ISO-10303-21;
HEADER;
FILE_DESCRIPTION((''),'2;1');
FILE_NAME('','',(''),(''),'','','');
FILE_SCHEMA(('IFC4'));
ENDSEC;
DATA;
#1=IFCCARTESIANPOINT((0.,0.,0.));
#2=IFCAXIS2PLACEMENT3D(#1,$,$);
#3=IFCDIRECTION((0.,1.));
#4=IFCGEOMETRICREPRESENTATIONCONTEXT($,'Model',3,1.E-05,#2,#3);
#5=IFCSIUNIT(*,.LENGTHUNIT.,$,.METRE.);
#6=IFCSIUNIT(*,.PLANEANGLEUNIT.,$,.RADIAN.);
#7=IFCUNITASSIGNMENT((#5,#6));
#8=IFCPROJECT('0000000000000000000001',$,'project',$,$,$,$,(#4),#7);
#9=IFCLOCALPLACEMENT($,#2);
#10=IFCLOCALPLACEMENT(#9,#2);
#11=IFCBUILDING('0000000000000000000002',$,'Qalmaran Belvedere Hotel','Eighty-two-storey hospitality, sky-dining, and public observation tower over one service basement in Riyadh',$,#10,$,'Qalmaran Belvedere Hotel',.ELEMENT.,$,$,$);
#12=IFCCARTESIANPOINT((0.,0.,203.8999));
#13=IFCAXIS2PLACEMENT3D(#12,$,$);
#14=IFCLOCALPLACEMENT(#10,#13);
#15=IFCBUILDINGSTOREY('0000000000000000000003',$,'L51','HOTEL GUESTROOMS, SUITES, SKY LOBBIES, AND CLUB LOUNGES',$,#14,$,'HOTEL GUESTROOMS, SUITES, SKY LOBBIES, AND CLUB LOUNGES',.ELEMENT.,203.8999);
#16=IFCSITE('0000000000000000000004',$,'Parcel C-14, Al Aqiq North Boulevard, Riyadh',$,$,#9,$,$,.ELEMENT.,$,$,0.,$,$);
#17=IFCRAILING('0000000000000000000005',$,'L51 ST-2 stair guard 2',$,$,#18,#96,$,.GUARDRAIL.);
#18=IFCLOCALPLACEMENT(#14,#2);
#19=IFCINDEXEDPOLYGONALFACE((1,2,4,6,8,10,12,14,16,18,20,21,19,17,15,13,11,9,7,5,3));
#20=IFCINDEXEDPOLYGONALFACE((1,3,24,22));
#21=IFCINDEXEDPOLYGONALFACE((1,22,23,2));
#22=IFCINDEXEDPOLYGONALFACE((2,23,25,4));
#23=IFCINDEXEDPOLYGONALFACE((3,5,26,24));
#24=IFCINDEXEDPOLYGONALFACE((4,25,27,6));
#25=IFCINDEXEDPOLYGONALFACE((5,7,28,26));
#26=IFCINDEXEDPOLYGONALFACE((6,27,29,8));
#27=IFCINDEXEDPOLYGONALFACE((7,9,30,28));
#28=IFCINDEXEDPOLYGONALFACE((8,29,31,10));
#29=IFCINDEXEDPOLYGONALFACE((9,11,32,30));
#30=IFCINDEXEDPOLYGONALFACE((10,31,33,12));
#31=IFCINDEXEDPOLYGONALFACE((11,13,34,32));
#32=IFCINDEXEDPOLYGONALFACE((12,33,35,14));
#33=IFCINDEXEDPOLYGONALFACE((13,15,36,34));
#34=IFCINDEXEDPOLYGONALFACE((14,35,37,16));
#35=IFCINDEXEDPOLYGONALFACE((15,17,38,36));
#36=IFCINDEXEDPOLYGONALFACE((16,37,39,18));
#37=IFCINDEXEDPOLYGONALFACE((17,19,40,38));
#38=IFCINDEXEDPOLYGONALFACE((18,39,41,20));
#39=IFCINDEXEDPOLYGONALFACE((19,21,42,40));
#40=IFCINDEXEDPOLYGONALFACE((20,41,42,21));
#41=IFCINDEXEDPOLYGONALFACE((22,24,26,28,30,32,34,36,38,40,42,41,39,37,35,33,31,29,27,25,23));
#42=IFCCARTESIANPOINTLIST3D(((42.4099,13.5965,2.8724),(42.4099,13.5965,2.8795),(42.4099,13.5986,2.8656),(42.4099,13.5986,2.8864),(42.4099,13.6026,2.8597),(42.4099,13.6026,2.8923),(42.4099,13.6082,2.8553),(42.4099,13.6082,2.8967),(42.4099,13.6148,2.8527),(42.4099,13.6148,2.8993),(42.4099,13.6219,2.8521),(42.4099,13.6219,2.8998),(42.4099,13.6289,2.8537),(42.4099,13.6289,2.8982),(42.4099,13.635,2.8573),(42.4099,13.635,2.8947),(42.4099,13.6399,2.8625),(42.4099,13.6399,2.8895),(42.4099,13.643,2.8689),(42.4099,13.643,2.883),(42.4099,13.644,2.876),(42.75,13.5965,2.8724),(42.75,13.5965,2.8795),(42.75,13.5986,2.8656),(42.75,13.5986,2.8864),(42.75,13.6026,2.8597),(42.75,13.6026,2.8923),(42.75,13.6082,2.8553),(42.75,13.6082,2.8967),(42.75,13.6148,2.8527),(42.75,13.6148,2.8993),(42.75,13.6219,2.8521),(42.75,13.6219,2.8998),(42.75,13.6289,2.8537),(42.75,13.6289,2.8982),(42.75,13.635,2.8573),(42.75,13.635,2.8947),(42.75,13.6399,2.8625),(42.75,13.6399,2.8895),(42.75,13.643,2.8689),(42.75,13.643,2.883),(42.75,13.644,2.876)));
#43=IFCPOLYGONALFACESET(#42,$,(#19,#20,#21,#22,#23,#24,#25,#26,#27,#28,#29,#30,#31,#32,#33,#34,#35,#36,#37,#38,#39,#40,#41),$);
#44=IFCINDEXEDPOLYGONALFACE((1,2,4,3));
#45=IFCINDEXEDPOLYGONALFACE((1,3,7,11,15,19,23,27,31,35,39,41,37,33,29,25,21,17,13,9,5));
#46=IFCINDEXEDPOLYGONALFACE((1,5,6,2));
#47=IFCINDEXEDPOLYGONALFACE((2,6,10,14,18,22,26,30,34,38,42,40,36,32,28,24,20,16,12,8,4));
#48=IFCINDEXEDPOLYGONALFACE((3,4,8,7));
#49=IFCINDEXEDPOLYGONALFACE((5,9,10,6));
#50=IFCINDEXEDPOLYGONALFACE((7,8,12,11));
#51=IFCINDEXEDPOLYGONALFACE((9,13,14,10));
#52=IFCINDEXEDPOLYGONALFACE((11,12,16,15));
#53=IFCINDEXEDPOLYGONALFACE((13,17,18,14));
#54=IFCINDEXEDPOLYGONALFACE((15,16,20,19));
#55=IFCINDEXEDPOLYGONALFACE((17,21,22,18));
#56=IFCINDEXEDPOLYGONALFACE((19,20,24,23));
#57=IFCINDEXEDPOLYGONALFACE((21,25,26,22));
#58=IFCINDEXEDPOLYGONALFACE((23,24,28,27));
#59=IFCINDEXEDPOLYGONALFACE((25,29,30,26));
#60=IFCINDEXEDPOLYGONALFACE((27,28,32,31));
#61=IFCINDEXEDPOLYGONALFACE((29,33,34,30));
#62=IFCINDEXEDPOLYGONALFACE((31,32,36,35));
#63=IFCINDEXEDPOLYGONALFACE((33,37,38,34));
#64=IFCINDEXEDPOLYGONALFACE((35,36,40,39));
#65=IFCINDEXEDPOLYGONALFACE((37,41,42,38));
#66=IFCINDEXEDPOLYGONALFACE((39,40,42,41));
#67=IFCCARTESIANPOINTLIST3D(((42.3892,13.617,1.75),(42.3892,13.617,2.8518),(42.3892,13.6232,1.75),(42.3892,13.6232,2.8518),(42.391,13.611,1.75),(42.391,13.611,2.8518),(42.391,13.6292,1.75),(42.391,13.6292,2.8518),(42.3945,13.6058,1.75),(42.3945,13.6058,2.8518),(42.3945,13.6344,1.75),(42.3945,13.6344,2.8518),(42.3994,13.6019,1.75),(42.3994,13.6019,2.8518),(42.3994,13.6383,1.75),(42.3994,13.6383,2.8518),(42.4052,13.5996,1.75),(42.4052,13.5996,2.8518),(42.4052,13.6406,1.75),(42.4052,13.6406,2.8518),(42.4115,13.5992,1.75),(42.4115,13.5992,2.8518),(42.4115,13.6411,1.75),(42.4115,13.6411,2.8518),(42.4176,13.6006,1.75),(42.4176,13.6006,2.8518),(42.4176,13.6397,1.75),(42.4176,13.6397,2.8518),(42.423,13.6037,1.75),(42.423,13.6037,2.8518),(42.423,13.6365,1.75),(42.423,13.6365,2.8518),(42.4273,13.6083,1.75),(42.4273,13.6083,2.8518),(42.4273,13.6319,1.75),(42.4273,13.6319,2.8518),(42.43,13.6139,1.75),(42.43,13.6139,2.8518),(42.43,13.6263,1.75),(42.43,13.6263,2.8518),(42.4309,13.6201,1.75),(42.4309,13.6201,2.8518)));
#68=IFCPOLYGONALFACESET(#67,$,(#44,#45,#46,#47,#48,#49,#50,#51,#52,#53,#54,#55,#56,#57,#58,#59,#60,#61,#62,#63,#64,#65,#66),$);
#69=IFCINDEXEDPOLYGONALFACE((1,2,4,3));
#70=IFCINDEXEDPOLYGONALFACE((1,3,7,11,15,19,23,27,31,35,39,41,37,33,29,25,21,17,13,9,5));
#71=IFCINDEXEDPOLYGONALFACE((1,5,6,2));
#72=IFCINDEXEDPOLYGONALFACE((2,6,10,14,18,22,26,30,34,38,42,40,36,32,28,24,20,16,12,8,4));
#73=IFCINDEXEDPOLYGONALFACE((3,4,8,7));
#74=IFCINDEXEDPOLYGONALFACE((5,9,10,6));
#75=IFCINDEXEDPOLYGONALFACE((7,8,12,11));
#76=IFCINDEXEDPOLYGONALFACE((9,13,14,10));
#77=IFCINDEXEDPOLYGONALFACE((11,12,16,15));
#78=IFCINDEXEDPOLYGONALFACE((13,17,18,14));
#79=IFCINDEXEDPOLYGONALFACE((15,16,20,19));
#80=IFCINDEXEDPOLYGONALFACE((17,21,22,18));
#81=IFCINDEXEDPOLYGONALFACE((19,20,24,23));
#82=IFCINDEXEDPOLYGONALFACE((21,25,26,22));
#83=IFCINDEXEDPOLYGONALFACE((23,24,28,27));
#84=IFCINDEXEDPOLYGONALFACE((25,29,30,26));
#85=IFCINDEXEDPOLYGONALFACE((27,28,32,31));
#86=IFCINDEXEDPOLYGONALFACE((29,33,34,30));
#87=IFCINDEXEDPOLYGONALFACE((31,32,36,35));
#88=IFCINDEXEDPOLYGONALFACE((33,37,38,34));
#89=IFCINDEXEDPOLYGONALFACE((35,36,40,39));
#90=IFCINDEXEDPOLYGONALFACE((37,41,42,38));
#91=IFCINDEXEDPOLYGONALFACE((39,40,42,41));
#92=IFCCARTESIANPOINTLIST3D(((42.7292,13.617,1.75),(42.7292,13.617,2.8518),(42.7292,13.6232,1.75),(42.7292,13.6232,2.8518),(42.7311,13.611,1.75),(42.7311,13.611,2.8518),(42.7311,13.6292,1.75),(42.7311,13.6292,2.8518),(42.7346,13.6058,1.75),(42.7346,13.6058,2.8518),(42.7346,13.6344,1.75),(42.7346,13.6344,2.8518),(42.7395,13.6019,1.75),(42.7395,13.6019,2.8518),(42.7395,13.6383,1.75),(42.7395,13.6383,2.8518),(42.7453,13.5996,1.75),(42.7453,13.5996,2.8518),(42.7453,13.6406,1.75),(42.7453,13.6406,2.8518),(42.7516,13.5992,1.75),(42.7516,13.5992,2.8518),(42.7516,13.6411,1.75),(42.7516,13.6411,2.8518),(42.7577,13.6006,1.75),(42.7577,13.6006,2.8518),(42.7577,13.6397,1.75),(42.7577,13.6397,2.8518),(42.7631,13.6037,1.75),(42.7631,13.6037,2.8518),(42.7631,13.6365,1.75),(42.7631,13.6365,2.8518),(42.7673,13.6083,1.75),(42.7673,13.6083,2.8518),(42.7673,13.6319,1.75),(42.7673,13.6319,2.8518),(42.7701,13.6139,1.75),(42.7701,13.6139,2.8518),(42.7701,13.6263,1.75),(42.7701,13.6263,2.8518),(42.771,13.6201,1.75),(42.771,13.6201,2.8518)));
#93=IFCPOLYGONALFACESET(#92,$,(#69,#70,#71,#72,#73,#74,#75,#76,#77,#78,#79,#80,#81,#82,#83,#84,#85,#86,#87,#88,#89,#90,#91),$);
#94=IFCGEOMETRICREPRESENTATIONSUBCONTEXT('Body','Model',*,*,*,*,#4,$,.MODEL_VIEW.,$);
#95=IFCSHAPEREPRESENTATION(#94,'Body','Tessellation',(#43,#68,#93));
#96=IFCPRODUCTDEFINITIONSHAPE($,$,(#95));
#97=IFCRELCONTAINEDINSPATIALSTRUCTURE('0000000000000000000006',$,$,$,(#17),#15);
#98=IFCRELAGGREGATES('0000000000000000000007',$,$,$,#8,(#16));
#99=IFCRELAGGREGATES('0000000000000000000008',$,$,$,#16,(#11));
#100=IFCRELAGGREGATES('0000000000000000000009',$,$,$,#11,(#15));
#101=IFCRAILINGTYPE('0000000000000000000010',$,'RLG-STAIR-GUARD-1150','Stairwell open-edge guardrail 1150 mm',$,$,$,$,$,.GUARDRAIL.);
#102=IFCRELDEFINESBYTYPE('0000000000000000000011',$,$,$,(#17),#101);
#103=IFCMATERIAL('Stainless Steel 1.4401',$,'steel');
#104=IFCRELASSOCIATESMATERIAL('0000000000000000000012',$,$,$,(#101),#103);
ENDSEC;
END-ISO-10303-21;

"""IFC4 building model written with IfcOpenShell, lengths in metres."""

from ifc_helpers import new_model, si_unit, direction, frame, origin, origin_2d, place, context, subcontext, project, spatial, circle, extrude, material, type_object, element, save


model = new_model("IFC4")

# Units and contexts
model_context = context("Model", 3, precision=1e-05, world=origin(), true_north=direction((0.0, 1.0)))
body_context = subcontext(model_context, "Body", "Model", "MODEL_VIEW")
ifc_project = project(units=[si_unit("LENGTHUNIT", "METRE"), si_unit("PLANEANGLEUNIT", "RADIAN")], contexts=[model_context])

# Site, building, storey
site_placement = place(None, origin())
site = spatial("IfcSite", under=ifc_project, at=site_placement, Name="Parcel C-14, Al Aqiq North Boulevard, Riyadh", CompositionType="ELEMENT", RefElevation=0.0)
building_placement = place(site_placement, origin())
building = spatial("IfcBuilding", under=site, at=building_placement, Name="Qalmaran Belvedere Hotel", Description="Eighty-two-storey hospitality, sky-dining, and public observation tower over one service basement in Riyadh", LongName="Qalmaran Belvedere Hotel", CompositionType="ELEMENT")
storey_placement = place(building_placement, frame((0.0, 0.0, 203.8999)))
storey = spatial("IfcBuildingStorey", under=building, at=storey_placement, Name="L51", Description="HOTEL GUESTROOMS, SUITES, SKY LOBBIES, AND CLUB LOUNGES", LongName="HOTEL GUESTROOMS, SUITES, SKY LOBBIES, AND CLUB LOUNGES", CompositionType="ELEMENT", Elevation=203.8999)

# Railing
ifc_material_1 = material(Name="Stainless Steel 1.4401", Category="steel")
railing_type_1 = type_object("IfcRailingType", Name="RLG-STAIR-GUARD-1150", Description="Stairwell open-edge guardrail 1150 mm", PredefinedType="GUARDRAIL", material=ifc_material_1)
railing_1_placement = place(storey_placement, frame((42.4099, 13.6201, 1.75)))
element("IfcRailing", 1, at=railing_1_placement, inside=storey, type_object=railing_type_1, Name="L51 ST-2 stair guard 2", PredefinedType="GUARDRAIL", context=body_context, shape_type="SweptSolid", body=[
    extrude(circle(Radius=0.0239, at=origin_2d()), frame((0.0, 0.0, 1.126), z_axis=(1.0, 0.0, 0.0), x_axis=(0.0, 1.0, 0.0)), (0.0, 0.0, 1.0), 0.3401),
    extrude(circle(Radius=0.021, at=origin_2d()), origin(), (0.0, 0.0, 1.0), 1.1018),
    extrude(circle(Radius=0.021, at=origin_2d()), frame((0.3401, 0.0, 0.0)), (0.0, 0.0, 1.0), 1.1018),
])

save(model, "model.ifc")
